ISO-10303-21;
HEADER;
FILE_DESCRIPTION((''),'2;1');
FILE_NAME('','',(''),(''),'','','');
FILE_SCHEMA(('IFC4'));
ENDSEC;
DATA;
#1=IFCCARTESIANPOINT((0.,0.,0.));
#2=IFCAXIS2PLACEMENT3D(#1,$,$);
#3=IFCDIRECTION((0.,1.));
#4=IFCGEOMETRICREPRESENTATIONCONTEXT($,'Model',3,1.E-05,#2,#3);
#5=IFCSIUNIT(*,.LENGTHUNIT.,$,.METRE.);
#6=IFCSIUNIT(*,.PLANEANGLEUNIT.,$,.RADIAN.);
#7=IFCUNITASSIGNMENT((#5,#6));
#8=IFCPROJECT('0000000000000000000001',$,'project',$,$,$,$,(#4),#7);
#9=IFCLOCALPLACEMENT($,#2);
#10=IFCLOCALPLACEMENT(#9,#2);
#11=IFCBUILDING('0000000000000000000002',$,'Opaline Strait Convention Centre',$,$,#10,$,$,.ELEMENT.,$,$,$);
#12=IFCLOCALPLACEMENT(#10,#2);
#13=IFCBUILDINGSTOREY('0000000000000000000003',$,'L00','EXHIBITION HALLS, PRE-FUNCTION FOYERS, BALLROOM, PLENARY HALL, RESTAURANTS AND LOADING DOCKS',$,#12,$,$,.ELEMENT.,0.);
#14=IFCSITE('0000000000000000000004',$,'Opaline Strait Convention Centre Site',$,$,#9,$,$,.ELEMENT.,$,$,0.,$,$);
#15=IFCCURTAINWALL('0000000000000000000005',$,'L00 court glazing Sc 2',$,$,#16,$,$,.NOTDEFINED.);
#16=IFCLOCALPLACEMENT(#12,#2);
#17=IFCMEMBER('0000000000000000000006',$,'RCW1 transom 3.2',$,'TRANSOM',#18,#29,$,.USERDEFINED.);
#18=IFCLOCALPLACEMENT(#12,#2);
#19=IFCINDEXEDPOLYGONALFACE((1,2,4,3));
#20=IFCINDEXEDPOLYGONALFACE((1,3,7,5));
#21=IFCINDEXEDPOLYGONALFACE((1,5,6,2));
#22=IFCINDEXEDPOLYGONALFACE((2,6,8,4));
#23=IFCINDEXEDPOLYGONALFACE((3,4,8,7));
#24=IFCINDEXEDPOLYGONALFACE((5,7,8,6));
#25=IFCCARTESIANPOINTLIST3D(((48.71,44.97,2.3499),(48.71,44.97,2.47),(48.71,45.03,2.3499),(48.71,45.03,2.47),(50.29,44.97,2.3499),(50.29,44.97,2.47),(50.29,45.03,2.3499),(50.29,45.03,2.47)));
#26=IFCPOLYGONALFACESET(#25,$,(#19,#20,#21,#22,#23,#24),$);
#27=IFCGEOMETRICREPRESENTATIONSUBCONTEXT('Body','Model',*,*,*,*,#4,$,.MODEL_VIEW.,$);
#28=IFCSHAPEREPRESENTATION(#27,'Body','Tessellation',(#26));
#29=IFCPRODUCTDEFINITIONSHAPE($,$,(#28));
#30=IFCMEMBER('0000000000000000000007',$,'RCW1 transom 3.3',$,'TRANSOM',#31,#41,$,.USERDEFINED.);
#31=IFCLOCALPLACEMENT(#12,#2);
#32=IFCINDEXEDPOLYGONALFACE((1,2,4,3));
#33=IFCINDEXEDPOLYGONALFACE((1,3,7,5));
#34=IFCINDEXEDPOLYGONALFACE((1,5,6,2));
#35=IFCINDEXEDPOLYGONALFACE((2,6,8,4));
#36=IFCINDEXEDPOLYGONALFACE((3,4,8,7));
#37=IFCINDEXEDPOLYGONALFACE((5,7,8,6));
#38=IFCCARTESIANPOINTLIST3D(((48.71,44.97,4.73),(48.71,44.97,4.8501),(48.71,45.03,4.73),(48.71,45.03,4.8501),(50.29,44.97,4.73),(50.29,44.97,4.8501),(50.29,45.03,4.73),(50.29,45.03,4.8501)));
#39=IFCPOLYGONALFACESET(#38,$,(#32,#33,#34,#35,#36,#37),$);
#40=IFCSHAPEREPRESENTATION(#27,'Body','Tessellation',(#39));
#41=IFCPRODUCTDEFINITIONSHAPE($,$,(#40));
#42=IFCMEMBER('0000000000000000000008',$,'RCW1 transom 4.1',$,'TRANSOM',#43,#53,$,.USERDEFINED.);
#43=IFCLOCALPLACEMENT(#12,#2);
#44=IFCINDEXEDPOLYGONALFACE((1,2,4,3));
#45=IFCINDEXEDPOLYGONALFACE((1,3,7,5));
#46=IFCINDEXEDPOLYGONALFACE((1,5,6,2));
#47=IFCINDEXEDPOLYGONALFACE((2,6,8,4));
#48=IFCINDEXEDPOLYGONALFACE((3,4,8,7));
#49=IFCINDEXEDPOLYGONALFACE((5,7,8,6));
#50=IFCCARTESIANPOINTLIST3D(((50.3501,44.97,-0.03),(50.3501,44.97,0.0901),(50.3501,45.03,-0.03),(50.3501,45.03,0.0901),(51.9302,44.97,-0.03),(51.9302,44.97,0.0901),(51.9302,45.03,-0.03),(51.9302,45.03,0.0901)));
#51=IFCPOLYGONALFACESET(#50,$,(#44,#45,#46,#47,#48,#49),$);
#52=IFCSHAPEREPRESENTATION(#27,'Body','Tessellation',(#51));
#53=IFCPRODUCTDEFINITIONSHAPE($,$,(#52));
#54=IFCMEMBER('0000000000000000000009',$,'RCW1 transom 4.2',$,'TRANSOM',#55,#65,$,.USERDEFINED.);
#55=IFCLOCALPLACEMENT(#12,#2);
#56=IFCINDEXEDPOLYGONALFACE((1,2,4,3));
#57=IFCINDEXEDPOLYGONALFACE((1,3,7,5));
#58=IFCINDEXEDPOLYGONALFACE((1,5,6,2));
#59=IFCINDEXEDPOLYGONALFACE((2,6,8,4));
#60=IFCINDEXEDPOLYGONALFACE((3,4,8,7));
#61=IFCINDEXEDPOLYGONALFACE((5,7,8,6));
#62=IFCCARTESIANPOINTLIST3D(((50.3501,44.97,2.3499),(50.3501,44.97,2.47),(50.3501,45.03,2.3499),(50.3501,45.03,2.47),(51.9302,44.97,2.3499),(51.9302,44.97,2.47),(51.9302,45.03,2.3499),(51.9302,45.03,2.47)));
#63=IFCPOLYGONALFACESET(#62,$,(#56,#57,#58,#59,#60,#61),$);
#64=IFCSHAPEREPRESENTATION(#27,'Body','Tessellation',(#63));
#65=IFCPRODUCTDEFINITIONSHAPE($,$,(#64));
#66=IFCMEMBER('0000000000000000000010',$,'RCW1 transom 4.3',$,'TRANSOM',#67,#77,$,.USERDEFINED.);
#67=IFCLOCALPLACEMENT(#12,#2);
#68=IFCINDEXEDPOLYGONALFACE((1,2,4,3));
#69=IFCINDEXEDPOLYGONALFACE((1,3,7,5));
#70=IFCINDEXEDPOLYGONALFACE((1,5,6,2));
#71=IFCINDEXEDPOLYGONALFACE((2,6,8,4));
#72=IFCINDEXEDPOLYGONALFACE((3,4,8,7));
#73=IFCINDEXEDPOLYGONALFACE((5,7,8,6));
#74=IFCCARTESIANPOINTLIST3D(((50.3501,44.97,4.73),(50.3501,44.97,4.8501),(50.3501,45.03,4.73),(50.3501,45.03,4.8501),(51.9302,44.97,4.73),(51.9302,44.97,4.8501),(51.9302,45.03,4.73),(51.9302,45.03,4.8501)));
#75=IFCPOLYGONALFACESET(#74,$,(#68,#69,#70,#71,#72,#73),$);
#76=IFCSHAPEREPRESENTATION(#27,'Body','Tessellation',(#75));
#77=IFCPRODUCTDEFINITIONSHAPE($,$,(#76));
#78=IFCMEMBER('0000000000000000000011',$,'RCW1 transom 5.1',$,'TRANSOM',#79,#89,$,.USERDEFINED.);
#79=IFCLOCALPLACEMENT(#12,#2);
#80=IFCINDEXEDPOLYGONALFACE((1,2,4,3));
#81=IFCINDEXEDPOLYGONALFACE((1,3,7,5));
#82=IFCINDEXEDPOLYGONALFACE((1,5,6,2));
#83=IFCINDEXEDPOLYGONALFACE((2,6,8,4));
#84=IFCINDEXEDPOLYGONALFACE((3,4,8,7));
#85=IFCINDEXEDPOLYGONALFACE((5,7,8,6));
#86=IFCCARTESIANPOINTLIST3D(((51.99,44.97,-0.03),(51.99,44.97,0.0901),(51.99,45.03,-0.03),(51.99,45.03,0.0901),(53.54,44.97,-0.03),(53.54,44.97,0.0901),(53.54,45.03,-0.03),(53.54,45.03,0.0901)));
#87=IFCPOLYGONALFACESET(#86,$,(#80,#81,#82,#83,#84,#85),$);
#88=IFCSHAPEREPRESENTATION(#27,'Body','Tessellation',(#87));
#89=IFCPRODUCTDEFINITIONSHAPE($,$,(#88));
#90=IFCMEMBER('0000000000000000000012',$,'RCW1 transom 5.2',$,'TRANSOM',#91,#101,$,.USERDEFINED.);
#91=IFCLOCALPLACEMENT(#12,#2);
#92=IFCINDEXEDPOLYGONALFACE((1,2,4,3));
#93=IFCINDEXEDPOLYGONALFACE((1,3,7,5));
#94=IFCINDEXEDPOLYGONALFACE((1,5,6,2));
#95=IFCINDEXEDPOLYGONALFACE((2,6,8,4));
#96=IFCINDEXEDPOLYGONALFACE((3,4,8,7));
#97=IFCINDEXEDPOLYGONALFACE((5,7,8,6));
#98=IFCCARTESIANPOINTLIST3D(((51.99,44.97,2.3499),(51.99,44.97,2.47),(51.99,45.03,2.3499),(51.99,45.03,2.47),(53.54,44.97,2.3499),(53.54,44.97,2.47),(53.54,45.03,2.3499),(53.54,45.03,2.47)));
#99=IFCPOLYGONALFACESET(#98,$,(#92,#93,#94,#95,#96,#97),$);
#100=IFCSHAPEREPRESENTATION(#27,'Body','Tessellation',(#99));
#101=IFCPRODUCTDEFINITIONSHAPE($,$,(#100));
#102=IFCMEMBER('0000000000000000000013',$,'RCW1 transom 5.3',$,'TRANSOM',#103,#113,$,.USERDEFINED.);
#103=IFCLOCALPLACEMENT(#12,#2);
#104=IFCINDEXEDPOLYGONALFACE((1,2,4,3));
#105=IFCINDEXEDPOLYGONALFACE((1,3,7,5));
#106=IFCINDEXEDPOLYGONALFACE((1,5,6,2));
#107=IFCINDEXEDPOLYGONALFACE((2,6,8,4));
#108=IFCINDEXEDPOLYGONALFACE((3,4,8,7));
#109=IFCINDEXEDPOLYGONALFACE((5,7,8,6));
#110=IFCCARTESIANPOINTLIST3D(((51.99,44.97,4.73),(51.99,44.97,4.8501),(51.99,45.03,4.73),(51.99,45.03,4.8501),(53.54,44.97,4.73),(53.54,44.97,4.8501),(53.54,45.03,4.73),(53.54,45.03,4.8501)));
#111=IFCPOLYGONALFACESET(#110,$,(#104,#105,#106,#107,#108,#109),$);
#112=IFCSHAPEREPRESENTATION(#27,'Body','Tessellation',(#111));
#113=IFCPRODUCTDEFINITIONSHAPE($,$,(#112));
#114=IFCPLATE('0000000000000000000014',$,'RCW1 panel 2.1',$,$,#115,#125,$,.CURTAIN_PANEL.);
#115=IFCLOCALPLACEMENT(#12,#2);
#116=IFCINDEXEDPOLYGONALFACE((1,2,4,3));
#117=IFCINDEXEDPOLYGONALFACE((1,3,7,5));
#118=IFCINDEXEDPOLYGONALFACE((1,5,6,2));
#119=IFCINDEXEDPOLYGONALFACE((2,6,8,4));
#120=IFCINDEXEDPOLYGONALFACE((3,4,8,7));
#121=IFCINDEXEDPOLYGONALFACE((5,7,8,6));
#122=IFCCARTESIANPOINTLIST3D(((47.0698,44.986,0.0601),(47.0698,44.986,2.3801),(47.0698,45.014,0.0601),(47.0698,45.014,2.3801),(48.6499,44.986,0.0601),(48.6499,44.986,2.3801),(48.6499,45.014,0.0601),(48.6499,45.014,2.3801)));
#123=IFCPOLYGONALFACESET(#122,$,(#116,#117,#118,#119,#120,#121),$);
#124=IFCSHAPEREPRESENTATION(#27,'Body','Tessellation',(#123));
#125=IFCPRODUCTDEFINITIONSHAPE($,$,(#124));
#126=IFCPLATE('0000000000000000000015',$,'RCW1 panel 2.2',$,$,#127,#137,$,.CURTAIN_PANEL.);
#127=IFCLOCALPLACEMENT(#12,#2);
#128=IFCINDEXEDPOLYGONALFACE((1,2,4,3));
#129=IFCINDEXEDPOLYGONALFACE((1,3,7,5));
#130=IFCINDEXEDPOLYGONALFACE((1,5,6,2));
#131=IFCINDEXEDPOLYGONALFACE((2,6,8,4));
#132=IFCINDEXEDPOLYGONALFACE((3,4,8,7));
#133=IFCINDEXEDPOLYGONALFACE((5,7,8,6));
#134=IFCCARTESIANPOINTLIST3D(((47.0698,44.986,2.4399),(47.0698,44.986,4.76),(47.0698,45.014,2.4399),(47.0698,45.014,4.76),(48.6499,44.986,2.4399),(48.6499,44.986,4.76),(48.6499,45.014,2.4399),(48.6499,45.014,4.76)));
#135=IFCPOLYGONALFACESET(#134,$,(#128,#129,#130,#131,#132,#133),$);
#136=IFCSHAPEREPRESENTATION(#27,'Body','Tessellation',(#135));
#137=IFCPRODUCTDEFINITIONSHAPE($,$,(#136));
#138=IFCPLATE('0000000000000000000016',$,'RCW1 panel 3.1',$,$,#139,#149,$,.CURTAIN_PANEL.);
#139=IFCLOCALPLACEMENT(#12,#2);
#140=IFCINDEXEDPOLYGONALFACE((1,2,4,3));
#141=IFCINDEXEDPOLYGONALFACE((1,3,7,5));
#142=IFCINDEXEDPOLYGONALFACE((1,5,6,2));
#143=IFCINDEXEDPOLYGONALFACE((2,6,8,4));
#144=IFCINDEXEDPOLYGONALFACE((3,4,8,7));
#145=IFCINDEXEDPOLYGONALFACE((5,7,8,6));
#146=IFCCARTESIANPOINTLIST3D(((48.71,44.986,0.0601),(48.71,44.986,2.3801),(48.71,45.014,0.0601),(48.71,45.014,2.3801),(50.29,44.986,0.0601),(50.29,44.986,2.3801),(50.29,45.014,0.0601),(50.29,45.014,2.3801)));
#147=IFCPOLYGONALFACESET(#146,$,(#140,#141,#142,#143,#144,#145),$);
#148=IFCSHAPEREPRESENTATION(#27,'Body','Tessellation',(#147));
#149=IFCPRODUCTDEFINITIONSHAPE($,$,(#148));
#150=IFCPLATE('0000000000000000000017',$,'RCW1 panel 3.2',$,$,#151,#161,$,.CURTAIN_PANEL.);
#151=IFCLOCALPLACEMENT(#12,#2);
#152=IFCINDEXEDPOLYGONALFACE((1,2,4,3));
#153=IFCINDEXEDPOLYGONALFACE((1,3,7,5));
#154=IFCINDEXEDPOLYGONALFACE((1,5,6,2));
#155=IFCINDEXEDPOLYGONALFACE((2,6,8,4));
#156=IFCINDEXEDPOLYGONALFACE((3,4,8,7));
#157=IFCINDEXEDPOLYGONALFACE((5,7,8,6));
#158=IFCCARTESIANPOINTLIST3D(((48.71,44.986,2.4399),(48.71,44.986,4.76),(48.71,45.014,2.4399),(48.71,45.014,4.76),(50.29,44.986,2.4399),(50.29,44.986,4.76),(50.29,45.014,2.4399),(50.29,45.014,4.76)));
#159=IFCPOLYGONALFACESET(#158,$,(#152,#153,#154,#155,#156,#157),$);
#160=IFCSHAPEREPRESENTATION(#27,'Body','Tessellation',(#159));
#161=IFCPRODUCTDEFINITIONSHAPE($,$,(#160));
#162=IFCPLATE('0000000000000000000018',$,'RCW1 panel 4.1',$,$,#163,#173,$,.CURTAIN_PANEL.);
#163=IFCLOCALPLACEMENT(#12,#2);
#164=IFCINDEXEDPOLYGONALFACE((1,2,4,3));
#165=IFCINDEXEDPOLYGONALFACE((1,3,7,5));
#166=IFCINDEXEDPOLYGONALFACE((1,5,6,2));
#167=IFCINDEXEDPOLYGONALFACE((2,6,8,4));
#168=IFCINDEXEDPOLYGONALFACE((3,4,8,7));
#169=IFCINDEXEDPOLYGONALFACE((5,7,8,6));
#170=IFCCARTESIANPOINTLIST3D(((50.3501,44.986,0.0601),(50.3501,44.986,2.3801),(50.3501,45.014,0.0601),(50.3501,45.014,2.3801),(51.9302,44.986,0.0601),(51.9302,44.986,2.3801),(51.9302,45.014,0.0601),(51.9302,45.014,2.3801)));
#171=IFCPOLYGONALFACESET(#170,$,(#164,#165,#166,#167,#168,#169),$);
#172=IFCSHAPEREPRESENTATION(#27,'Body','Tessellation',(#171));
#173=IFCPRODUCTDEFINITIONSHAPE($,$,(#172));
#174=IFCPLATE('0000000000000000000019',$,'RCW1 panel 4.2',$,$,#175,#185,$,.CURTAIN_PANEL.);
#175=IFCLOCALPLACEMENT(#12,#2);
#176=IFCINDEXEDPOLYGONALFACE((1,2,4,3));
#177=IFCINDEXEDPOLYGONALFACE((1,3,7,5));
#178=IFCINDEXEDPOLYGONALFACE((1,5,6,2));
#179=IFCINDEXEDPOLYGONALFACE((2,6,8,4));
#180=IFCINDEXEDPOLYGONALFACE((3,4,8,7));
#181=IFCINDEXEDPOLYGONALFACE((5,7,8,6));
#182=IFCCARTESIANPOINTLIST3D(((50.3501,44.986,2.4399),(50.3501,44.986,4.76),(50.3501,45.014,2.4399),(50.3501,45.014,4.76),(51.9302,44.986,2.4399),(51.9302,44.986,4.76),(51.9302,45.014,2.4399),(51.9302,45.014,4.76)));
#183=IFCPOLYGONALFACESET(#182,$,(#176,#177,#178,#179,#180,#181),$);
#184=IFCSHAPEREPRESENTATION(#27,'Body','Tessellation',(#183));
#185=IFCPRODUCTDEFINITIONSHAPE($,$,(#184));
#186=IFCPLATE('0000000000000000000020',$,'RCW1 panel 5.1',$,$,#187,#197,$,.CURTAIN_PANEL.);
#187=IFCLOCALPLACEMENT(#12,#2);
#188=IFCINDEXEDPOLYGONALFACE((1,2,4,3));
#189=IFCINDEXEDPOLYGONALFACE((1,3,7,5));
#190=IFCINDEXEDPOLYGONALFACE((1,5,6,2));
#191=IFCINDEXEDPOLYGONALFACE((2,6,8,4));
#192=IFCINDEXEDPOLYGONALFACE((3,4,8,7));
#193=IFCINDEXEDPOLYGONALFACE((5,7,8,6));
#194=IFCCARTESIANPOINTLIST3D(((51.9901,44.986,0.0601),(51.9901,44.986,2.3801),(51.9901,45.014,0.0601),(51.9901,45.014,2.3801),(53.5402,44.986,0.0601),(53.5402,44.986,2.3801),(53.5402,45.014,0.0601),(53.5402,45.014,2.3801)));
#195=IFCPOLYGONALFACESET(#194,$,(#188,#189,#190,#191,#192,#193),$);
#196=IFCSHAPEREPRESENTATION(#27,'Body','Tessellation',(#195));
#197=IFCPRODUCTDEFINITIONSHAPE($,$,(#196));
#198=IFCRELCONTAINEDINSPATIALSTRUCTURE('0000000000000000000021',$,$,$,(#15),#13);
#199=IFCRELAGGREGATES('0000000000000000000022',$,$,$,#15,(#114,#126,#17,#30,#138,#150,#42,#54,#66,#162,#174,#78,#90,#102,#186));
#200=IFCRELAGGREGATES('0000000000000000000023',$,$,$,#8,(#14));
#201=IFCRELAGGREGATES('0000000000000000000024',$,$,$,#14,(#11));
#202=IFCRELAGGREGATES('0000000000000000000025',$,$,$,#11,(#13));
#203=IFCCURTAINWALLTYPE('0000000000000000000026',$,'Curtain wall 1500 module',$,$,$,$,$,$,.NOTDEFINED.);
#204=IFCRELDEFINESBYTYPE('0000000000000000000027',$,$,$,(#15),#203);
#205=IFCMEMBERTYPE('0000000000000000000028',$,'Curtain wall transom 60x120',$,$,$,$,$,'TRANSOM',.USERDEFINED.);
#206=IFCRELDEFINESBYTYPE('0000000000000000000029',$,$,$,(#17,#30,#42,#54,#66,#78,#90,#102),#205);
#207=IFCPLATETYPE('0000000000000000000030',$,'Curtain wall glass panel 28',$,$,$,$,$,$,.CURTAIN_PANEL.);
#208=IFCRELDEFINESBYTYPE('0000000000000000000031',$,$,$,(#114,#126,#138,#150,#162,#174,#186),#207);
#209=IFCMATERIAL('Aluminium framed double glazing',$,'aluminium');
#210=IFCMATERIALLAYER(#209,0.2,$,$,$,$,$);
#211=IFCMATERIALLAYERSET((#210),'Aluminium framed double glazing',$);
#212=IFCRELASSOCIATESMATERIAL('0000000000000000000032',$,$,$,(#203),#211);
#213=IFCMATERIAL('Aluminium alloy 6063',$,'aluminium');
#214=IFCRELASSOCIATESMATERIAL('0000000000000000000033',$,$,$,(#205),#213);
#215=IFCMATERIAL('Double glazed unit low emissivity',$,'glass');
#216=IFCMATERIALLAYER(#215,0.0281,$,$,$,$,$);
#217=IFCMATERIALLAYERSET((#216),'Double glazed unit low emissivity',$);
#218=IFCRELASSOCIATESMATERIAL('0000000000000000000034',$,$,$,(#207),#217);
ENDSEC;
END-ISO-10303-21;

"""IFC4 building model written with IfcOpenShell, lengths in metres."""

from ifc_helpers import new_model, si_unit, direction, frame, origin, origin_2d, place, context, subcontext, project, spatial, rectangle, extrude, material, layer, layer_set, material_profile, profile_set, type_object, element, aggregate, save


model = new_model("IFC4")

# Units and contexts
model_context = context("Model", 3, precision=1e-05, world=origin(), true_north=direction((0.0, 1.0)))
body_context = subcontext(model_context, "Body", "Model", "MODEL_VIEW")
ifc_project = project(units=[si_unit("LENGTHUNIT", "METRE"), si_unit("PLANEANGLEUNIT", "RADIAN")], contexts=[model_context])

# Site, building, storey
site_placement = place(None, origin())
site = spatial("IfcSite", under=ifc_project, at=site_placement, Name="Opaline Strait Convention Centre Site", CompositionType="ELEMENT", RefElevation=0.0)
building_placement = place(site_placement, origin())
building = spatial("IfcBuilding", under=site, at=building_placement, Name="Opaline Strait Convention Centre", CompositionType="ELEMENT")
storey_placement = place(building_placement, origin())
storey = spatial("IfcBuildingStorey", under=building, at=storey_placement, Name="L00", Description="EXHIBITION HALLS, PRE-FUNCTION FOYERS, BALLROOM, PLENARY HALL, RESTAURANTS AND LOADING DOCKS", CompositionType="ELEMENT", Elevation=0.0)

# Curtain wall, members, plates
ifc_material_1 = material(Name="Aluminium framed double glazing", Category="aluminium")
ifc_layer_1 = layer(ifc_material_1, 0.2)
ifc_layer_set_1 = layer_set([ifc_layer_1], Name="Aluminium framed double glazing")
curtain_wall_type = type_object("IfcCurtainWallType", Name="Curtain wall 1500 module", PredefinedType="NOTDEFINED", material=ifc_layer_set_1)
curtain_wall_placement = place(storey_placement, origin())
curtain_wall = element("IfcCurtainWall", 1, at=curtain_wall_placement, inside=storey, type_object=curtain_wall_type, Name="L00 court glazing Sc 2", PredefinedType="NOTDEFINED")
ifc_material_2 = material(Name="Aluminium alloy 6063", Category="aluminium")
ifc_material_profile_1 = material_profile(ifc_material_2, rectangle(XDim=0.0601, YDim=0.1201, at=origin_2d()), Name="Curtain wall transom 60x120")
ifc_profile_set_1 = profile_set([ifc_material_profile_1], Name="Aluminium alloy 6063")
member_type_1 = type_object("IfcMemberType", Name="Curtain wall transom 60x120", ElementType="TRANSOM", PredefinedType="USERDEFINED", material=ifc_profile_set_1)
member_1_placement = place(storey_placement, frame((48.71, 45.0, 2.4099), z_axis=(1.0, 0.0, 0.0), x_axis=(0.0, 1.0, 0.0)))
member_1 = element("IfcMember", 2, at=member_1_placement, type_object=member_type_1, Name="RCW1 transom 3.2", ObjectType="TRANSOM", PredefinedType="USERDEFINED", context=body_context, shape_type="SweptSolid", body=[
    extrude(rectangle(XDim=0.0601, YDim=0.1201, at=origin_2d()), origin(), (0.0, 0.0, 1.0), 1.5801),
])
member_2_placement = place(storey_placement, frame((48.71, 45.0, 4.79), z_axis=(1.0, 0.0, 0.0), x_axis=(0.0, 1.0, 0.0)))
member_2 = element("IfcMember", 3, at=member_2_placement, type_object=member_type_1, Name="RCW1 transom 3.3", ObjectType="TRANSOM", PredefinedType="USERDEFINED", context=body_context, shape_type="SweptSolid", body=[
    extrude(rectangle(XDim=0.0601, YDim=0.1201, at=origin_2d()), origin(), (0.0, 0.0, 1.0), 1.5801),
])
member_3_placement = place(storey_placement, frame((50.3501, 45.0, 0.03), z_axis=(1.0, 0.0, 0.0), x_axis=(0.0, 1.0, 0.0)))
member_3 = element("IfcMember", 4, at=member_3_placement, type_object=member_type_1, Name="RCW1 transom 4.1", ObjectType="TRANSOM", PredefinedType="USERDEFINED", context=body_context, shape_type="SweptSolid", body=[
    extrude(rectangle(XDim=0.0601, YDim=0.1201, at=origin_2d()), origin(), (0.0, 0.0, 1.0), 1.5801),
])
member_4_placement = place(storey_placement, frame((50.3501, 45.0, 2.4099), z_axis=(1.0, 0.0, 0.0), x_axis=(0.0, 1.0, 0.0)))
member_4 = element("IfcMember", 5, at=member_4_placement, type_object=member_type_1, Name="RCW1 transom 4.2", ObjectType="TRANSOM", PredefinedType="USERDEFINED", context=body_context, shape_type="SweptSolid", body=[
    extrude(rectangle(XDim=0.0601, YDim=0.1201, at=origin_2d()), origin(), (0.0, 0.0, 1.0), 1.5801),
])
member_5_placement = place(storey_placement, frame((50.3501, 45.0, 4.79), z_axis=(1.0, 0.0, 0.0), x_axis=(0.0, 1.0, 0.0)))
member_5 = element("IfcMember", 6, at=member_5_placement, type_object=member_type_1, Name="RCW1 transom 4.3", ObjectType="TRANSOM", PredefinedType="USERDEFINED", context=body_context, shape_type="SweptSolid", body=[
    extrude(rectangle(XDim=0.0601, YDim=0.1201, at=origin_2d()), origin(), (0.0, 0.0, 1.0), 1.5801),
])
member_6_placement = place(storey_placement, frame((51.99, 45.0, 0.03), z_axis=(1.0, 0.0, 0.0), x_axis=(0.0, 1.0, 0.0)))
member_6 = element("IfcMember", 7, at=member_6_placement, type_object=member_type_1, Name="RCW1 transom 5.1", ObjectType="TRANSOM", PredefinedType="USERDEFINED", context=body_context, shape_type="SweptSolid", body=[
    extrude(rectangle(XDim=0.0601, YDim=0.1201, at=origin_2d()), origin(), (0.0, 0.0, 1.0), 1.55),
])
member_7_placement = place(storey_placement, frame((51.99, 45.0, 2.4099), z_axis=(1.0, 0.0, 0.0), x_axis=(0.0, 1.0, 0.0)))
member_7 = element("IfcMember", 8, at=member_7_placement, type_object=member_type_1, Name="RCW1 transom 5.2", ObjectType="TRANSOM", PredefinedType="USERDEFINED", context=body_context, shape_type="SweptSolid", body=[
    extrude(rectangle(XDim=0.0601, YDim=0.1201, at=origin_2d()), origin(), (0.0, 0.0, 1.0), 1.55),
])
member_8_placement = place(storey_placement, frame((51.99, 45.0, 4.79), z_axis=(1.0, 0.0, 0.0), x_axis=(0.0, 1.0, 0.0)))
member_8 = element("IfcMember", 9, at=member_8_placement, type_object=member_type_1, Name="RCW1 transom 5.3", ObjectType="TRANSOM", PredefinedType="USERDEFINED", context=body_context, shape_type="SweptSolid", body=[
    extrude(rectangle(XDim=0.0601, YDim=0.1201, at=origin_2d()), origin(), (0.0, 0.0, 1.0), 1.55),
])
ifc_material_3 = material(Name="Double glazed unit low emissivity", Category="glass")
ifc_layer_2 = layer(ifc_material_3, 0.0281)
ifc_layer_set_2 = layer_set([ifc_layer_2], Name="Double glazed unit low emissivity")
plate_type = type_object("IfcPlateType", Name="Curtain wall glass panel 28", PredefinedType="CURTAIN_PANEL", material=ifc_layer_set_2)
plate_1_placement = place(storey_placement, frame((47.8599, 45.0, 0.0601), z_axis=(0.0, 0.0, 1.0), x_axis=(1.0, 0.0, 0.0)))
plate_1 = element("IfcPlate", 10, at=plate_1_placement, type_object=plate_type, Name="RCW1 panel 2.1", PredefinedType="CURTAIN_PANEL", context=body_context, shape_type="SweptSolid", body=[
    extrude(rectangle(XDim=1.5801, YDim=0.0281, at=origin_2d()), origin(), (0.0, 0.0, 1.0), 2.3201),
])
plate_2_placement = place(storey_placement, frame((47.8599, 45.0, 2.4399), z_axis=(0.0, 0.0, 1.0), x_axis=(1.0, 0.0, 0.0)))
plate_2 = element("IfcPlate", 11, at=plate_2_placement, type_object=plate_type, Name="RCW1 panel 2.2", PredefinedType="CURTAIN_PANEL", context=body_context, shape_type="SweptSolid", body=[
    extrude(rectangle(XDim=1.5801, YDim=0.0281, at=origin_2d()), origin(), (0.0, 0.0, 1.0), 2.3201),
])
plate_3_placement = place(storey_placement, frame((49.5, 45.0, 0.0601), z_axis=(0.0, 0.0, 1.0), x_axis=(1.0, 0.0, 0.0)))
plate_3 = element("IfcPlate", 12, at=plate_3_placement, type_object=plate_type, Name="RCW1 panel 3.1", PredefinedType="CURTAIN_PANEL", context=body_context, shape_type="SweptSolid", body=[
    extrude(rectangle(XDim=1.5801, YDim=0.0281, at=origin_2d()), origin(), (0.0, 0.0, 1.0), 2.3201),
])
plate_4_placement = place(storey_placement, frame((49.5, 45.0, 2.4399), z_axis=(0.0, 0.0, 1.0), x_axis=(1.0, 0.0, 0.0)))
plate_4 = element("IfcPlate", 13, at=plate_4_placement, type_object=plate_type, Name="RCW1 panel 3.2", PredefinedType="CURTAIN_PANEL", context=body_context, shape_type="SweptSolid", body=[
    extrude(rectangle(XDim=1.5801, YDim=0.0281, at=origin_2d()), origin(), (0.0, 0.0, 1.0), 2.3201),
])
plate_5_placement = place(storey_placement, frame((51.1401, 45.0, 0.0601), z_axis=(0.0, 0.0, 1.0), x_axis=(1.0, 0.0, 0.0)))
plate_5 = element("IfcPlate", 14, at=plate_5_placement, type_object=plate_type, Name="RCW1 panel 4.1", PredefinedType="CURTAIN_PANEL", context=body_context, shape_type="SweptSolid", body=[
    extrude(rectangle(XDim=1.5801, YDim=0.0281, at=origin_2d()), origin(), (0.0, 0.0, 1.0), 2.3201),
])
plate_6_placement = place(storey_placement, frame((51.1401, 45.0, 2.4399), z_axis=(0.0, 0.0, 1.0), x_axis=(1.0, 0.0, 0.0)))
plate_6 = element("IfcPlate", 15, at=plate_6_placement, type_object=plate_type, Name="RCW1 panel 4.2", PredefinedType="CURTAIN_PANEL", context=body_context, shape_type="SweptSolid", body=[
    extrude(rectangle(XDim=1.5801, YDim=0.0281, at=origin_2d()), origin(), (0.0, 0.0, 1.0), 2.3201),
])
plate_7_placement = place(storey_placement, frame((52.7651, 45.0, 0.0601), z_axis=(0.0, 0.0, 1.0), x_axis=(1.0, 0.0, 0.0)))
plate_7 = element("IfcPlate", 16, at=plate_7_placement, type_object=plate_type, Name="RCW1 panel 5.1", PredefinedType="CURTAIN_PANEL", context=body_context, shape_type="SweptSolid", body=[
    extrude(rectangle(XDim=1.55, YDim=0.0281, at=origin_2d()), origin(), (0.0, 0.0, 1.0), 2.3201),
])
aggregate(curtain_wall, [plate_1, plate_2, member_1, member_2, plate_3, plate_4, member_3, member_4, member_5, plate_5, plate_6, member_6, member_7, member_8, plate_7])

save(model, "model.ifc")
